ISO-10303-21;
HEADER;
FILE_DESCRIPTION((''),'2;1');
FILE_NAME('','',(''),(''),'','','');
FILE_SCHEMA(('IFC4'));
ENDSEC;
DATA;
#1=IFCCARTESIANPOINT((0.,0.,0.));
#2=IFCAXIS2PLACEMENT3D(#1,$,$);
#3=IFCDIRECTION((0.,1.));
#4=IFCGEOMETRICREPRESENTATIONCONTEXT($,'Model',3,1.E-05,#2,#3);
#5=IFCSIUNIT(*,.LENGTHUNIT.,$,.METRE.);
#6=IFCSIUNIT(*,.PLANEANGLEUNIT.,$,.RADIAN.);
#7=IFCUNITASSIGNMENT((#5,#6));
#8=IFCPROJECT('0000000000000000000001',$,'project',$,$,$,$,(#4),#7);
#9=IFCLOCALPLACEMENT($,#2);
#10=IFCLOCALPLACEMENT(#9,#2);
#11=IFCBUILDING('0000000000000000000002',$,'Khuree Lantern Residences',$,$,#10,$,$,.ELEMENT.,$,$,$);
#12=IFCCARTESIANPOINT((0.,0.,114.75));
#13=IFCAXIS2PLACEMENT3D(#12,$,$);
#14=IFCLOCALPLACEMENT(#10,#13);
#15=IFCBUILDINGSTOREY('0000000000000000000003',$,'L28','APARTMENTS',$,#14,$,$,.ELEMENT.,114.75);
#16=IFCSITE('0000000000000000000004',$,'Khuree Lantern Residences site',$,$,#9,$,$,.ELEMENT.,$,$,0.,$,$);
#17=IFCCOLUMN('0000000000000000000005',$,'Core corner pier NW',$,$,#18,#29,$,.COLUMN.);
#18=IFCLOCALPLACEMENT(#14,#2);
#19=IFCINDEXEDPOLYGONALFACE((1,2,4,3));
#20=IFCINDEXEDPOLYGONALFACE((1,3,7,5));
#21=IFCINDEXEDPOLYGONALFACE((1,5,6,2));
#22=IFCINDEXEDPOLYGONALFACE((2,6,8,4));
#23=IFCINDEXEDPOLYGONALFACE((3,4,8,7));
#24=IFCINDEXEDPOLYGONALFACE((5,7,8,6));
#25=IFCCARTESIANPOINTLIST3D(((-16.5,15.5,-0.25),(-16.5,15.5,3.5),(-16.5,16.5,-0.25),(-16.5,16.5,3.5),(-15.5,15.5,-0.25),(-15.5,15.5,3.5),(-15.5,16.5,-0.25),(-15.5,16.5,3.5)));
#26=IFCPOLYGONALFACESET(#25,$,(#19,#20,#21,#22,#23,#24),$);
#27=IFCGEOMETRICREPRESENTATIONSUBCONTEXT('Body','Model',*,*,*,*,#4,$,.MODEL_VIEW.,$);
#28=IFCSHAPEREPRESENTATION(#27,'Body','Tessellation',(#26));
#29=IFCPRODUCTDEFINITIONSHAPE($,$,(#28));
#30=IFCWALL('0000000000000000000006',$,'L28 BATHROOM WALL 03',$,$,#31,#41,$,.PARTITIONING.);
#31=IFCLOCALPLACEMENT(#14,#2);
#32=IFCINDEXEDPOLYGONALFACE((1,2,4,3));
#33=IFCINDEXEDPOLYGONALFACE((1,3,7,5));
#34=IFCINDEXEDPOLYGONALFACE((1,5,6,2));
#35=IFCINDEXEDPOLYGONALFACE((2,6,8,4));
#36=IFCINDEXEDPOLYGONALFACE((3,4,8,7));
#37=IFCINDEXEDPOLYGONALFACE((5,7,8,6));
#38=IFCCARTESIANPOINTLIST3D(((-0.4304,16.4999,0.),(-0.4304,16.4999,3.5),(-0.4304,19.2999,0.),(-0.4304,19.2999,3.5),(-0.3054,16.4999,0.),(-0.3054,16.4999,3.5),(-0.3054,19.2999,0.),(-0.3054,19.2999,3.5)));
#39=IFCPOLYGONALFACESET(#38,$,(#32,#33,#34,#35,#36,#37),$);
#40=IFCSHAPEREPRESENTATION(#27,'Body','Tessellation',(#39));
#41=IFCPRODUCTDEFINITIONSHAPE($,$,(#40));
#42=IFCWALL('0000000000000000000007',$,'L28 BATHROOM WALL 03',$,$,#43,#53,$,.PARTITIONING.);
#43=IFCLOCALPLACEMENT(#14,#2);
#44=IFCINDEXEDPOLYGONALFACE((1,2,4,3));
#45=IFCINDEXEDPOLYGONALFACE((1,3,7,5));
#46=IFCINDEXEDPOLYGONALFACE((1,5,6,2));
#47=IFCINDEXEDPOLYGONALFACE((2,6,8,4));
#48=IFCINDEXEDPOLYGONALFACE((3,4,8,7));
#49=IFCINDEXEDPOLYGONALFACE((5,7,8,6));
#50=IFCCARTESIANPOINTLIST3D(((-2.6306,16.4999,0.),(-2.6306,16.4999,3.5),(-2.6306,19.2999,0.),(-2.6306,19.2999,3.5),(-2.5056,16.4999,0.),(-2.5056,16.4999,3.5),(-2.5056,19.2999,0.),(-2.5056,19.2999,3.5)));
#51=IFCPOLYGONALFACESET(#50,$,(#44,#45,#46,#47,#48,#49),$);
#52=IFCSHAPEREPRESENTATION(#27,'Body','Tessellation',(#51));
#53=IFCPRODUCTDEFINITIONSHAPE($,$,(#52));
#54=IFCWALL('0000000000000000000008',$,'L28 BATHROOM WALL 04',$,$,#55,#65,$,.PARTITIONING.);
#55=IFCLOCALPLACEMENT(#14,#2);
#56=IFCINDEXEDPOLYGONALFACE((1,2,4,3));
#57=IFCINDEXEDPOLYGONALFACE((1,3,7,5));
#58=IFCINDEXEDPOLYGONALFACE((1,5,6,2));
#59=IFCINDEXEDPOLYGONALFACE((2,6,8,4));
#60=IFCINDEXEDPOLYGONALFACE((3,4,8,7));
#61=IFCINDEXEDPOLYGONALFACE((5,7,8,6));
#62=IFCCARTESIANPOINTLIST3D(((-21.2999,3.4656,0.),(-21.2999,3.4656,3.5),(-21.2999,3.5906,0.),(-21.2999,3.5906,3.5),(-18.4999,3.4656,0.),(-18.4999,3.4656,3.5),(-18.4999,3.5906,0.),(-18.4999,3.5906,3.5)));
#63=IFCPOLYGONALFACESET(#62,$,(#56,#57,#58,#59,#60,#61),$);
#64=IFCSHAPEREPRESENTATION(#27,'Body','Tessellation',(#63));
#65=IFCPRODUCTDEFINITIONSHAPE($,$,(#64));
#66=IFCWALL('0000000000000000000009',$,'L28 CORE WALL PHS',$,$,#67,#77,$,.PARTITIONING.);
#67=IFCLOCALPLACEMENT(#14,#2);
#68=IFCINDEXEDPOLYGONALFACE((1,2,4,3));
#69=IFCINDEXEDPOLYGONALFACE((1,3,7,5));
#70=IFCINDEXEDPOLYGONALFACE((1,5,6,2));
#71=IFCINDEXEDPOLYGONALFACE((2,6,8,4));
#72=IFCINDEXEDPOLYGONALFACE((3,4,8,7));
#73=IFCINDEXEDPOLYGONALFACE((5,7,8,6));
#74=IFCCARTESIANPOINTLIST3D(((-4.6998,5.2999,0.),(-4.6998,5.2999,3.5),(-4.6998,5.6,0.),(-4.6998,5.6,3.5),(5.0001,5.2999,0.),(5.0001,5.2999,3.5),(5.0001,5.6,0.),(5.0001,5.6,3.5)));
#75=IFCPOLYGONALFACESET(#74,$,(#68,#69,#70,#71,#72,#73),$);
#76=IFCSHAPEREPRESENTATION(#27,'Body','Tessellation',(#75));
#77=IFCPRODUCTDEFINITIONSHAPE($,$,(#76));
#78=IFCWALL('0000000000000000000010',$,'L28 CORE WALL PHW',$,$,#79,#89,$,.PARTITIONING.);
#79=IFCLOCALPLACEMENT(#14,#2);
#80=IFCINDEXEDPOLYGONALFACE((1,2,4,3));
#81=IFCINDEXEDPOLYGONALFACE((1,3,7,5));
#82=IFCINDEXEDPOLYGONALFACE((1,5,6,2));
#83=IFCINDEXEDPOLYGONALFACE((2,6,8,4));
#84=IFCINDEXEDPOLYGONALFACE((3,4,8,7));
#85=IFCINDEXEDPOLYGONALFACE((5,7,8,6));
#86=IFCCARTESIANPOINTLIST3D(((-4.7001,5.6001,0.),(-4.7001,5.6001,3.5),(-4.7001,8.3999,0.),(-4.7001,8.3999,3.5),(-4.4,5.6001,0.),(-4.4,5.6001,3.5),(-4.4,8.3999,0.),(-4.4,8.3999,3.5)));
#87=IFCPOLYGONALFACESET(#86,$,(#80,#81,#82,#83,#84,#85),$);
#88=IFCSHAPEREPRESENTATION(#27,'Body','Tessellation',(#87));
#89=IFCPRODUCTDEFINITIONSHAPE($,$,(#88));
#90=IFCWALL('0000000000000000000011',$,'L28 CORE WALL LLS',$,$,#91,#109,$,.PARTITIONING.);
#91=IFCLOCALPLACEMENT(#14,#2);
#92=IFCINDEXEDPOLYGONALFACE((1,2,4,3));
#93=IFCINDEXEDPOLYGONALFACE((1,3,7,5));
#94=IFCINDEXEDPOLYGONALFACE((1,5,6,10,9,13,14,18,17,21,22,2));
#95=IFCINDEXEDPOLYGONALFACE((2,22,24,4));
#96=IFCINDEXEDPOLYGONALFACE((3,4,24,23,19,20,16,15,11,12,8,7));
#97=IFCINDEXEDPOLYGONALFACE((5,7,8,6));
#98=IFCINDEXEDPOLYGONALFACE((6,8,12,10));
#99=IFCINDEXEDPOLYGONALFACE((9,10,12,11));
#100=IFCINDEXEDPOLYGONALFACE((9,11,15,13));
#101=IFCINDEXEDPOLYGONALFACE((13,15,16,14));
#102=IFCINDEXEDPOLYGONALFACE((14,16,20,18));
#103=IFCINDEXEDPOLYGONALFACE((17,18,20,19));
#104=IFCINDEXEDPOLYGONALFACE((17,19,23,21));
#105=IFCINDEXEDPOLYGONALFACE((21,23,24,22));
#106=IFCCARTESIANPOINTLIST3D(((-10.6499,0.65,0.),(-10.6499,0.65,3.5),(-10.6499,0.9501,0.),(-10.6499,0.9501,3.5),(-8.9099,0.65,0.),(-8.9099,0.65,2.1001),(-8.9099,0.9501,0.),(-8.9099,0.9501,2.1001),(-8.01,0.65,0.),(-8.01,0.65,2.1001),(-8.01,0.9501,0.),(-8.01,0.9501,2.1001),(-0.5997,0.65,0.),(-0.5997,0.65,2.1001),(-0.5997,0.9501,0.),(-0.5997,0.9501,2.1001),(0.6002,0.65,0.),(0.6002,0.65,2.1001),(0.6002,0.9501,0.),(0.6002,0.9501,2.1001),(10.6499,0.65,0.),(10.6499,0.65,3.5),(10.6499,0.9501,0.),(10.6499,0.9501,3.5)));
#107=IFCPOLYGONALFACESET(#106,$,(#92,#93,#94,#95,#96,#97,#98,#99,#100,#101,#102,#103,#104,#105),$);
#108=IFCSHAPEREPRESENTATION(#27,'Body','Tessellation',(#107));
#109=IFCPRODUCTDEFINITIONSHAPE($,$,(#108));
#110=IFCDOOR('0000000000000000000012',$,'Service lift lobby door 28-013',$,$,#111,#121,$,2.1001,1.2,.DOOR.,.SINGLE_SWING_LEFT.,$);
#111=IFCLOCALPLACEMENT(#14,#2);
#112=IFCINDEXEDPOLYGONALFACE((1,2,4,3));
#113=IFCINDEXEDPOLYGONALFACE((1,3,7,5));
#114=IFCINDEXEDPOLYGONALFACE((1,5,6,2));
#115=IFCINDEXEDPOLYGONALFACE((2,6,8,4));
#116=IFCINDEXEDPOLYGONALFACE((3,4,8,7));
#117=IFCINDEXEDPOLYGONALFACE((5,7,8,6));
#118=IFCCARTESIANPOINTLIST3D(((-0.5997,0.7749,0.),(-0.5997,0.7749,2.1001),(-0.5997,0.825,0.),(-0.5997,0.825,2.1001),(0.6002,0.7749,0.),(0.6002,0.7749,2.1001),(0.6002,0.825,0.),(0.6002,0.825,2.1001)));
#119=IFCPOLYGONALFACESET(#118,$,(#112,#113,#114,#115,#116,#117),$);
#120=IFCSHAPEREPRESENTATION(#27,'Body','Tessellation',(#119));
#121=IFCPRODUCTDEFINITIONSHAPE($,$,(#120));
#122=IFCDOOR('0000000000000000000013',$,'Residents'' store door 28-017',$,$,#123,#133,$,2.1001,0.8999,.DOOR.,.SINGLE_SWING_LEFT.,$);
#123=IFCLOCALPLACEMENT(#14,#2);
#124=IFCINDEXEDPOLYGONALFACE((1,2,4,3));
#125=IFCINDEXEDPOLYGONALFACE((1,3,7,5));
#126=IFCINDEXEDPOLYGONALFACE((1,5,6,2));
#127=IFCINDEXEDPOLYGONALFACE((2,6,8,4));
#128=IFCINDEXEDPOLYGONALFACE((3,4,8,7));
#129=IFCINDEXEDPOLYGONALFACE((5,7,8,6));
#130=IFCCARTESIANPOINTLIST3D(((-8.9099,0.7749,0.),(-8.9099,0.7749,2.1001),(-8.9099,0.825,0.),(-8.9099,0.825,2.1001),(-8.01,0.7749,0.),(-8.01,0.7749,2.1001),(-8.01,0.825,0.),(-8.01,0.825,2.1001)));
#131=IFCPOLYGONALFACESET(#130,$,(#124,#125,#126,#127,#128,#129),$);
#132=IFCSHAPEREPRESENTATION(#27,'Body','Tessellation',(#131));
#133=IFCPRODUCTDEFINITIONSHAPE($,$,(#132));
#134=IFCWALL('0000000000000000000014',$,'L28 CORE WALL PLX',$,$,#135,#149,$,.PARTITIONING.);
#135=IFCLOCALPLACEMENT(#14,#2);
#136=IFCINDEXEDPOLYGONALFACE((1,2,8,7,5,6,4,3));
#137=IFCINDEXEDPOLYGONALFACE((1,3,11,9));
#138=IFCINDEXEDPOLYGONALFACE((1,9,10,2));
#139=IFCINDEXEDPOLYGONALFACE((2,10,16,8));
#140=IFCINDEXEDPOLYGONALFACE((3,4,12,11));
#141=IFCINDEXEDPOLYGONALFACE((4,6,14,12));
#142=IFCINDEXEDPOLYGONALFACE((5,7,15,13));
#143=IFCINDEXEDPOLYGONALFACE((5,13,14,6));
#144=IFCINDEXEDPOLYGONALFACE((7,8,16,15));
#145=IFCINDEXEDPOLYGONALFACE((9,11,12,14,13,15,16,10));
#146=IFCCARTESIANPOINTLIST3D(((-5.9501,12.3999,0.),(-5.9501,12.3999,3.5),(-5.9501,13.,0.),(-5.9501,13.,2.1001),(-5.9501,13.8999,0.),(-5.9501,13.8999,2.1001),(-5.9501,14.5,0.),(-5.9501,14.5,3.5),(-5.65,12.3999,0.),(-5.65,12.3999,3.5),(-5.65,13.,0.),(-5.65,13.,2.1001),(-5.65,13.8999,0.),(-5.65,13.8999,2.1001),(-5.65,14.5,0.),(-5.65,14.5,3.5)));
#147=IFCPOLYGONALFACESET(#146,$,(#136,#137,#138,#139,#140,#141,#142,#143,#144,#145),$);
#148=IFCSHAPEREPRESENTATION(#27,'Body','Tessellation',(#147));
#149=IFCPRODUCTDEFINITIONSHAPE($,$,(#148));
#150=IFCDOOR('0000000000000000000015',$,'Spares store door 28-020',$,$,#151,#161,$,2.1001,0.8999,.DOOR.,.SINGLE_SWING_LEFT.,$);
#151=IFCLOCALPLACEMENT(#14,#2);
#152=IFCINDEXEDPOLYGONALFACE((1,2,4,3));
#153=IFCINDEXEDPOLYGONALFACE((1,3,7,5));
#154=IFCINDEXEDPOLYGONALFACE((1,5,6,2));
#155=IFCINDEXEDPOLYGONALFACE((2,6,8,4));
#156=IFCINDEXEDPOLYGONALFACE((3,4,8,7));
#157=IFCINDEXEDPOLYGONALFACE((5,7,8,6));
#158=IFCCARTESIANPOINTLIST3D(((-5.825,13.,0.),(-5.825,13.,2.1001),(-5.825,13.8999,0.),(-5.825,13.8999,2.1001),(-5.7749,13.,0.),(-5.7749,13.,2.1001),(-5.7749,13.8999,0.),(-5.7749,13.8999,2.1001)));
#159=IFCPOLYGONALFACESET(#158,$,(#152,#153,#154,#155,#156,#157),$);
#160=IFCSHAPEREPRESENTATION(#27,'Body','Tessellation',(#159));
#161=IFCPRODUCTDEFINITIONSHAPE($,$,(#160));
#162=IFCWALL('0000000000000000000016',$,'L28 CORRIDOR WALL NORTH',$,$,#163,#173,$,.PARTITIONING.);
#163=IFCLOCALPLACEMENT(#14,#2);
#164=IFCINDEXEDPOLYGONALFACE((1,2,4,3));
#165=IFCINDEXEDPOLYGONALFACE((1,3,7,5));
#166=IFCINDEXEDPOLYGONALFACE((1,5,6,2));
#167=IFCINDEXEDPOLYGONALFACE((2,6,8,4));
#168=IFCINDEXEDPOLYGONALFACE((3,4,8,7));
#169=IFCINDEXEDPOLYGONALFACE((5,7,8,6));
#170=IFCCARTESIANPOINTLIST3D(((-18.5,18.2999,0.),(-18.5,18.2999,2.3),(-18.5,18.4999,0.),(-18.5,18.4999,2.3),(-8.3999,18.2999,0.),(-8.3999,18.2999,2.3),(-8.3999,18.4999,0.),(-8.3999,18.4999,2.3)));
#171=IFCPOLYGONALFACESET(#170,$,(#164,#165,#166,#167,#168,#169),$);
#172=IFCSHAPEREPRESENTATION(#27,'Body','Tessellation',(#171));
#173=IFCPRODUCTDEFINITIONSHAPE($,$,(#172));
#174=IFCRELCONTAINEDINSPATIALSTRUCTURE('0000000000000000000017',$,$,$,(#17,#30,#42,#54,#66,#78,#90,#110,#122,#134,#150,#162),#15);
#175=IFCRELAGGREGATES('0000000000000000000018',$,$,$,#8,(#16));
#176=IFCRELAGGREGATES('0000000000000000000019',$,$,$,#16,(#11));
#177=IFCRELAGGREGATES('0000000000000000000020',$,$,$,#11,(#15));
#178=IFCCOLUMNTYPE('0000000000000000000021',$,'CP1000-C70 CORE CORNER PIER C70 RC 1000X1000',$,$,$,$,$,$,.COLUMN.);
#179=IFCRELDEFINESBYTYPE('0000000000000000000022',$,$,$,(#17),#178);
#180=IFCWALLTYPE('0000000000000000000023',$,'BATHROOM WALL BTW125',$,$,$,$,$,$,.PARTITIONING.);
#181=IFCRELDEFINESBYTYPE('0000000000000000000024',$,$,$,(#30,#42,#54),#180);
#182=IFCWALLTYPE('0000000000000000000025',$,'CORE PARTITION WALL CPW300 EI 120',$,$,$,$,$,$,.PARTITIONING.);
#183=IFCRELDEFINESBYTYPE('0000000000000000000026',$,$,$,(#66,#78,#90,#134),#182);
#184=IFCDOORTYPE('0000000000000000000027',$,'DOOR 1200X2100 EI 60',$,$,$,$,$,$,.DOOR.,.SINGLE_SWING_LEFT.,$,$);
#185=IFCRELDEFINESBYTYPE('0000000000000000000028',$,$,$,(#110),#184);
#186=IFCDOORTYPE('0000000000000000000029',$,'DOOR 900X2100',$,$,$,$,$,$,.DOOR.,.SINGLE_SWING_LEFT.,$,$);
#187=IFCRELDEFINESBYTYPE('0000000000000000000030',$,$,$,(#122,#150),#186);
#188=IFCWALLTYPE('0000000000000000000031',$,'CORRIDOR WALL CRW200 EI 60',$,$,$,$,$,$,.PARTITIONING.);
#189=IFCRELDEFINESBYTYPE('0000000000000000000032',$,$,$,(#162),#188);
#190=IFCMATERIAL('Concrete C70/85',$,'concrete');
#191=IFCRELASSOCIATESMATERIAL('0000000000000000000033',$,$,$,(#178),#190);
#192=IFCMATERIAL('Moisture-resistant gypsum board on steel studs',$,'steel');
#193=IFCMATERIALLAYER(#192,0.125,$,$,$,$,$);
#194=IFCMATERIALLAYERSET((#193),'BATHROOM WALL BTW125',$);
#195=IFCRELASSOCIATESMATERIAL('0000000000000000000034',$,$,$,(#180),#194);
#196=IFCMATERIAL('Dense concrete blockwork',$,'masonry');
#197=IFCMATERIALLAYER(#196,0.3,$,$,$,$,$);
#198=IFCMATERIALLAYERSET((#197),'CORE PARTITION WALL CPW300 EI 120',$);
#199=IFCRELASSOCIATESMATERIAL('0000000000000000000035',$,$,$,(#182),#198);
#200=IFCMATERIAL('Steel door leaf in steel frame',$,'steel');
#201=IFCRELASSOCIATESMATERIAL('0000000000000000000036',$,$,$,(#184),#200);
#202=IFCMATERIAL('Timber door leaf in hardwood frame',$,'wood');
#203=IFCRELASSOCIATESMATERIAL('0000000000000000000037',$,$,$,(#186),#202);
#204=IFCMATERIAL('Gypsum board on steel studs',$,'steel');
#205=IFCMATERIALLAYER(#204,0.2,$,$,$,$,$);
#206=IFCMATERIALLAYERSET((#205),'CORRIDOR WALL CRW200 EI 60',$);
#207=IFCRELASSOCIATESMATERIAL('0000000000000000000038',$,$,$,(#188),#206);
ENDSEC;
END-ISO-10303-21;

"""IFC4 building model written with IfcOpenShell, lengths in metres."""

from ifc_helpers import new_model, si_unit, direction, frame, frame_2d, origin, origin_2d, place, context, subcontext, project, spatial, rectangle, extrude, material, layer, layer_set, material_profile, profile_set, type_object, element, fill, save


model = new_model("IFC4")

# Units and contexts
model_context = context("Model", 3, precision=1e-05, world=origin(), true_north=direction((0.0, 1.0)))
body_context = subcontext(model_context, "Body", "Model", "MODEL_VIEW")
ifc_project = project(units=[si_unit("LENGTHUNIT", "METRE"), si_unit("PLANEANGLEUNIT", "RADIAN")], contexts=[model_context])

# Site, building, storey
site_placement = place(None, origin())
site = spatial("IfcSite", under=ifc_project, at=site_placement, Name="Khuree Lantern Residences site", CompositionType="ELEMENT", RefElevation=0.0)
building_placement = place(site_placement, origin())
building = spatial("IfcBuilding", under=site, at=building_placement, Name="Khuree Lantern Residences", CompositionType="ELEMENT")
storey_placement = place(building_placement, frame((0.0, 0.0, 114.75)))
storey = spatial("IfcBuildingStorey", under=building, at=storey_placement, Name="L28", Description="APARTMENTS", CompositionType="ELEMENT", Elevation=114.75)

# Column
ifc_material_1 = material(Name="Concrete C70/85", Category="concrete")
ifc_material_profile = material_profile(ifc_material_1, rectangle(XDim=1.0, YDim=1.0, at=origin_2d()), Name="RC 1000X1000")
ifc_profile_set = profile_set([ifc_material_profile], Name="Concrete C70/85")
column_type = type_object("IfcColumnType", Name="CP1000-C70 CORE CORNER PIER C70 RC 1000X1000", PredefinedType="COLUMN", material=ifc_profile_set)
column_placement = place(storey_placement, frame((-16.0, 16.0, -0.25), z_axis=(0.0, 0.0, 1.0), x_axis=(1.0, 0.0, 0.0)))
element("IfcColumn", 1, at=column_placement, inside=storey, type_object=column_type, Name="Core corner pier NW", PredefinedType="COLUMN", context=body_context, shape_type="SweptSolid", body=[
    extrude(rectangle(XDim=1.0, YDim=1.0, at=origin_2d()), origin(), (0.0, 0.0, 1.0), 3.75),
])

# Walls
ifc_material_2 = material(Name="Moisture-resistant gypsum board on steel studs", Category="steel")
ifc_layer_1 = layer(ifc_material_2, 0.125)
ifc_layer_set_1 = layer_set([ifc_layer_1], Name="BATHROOM WALL BTW125")
wall_type_1 = type_object("IfcWallType", Name="BATHROOM WALL BTW125", PredefinedType="PARTITIONING", material=ifc_layer_set_1)
for number, where, z_axis, x_axis, name in (
    (2, (-0.3679, 16.5, 0.0), (0.0, 0.0, 1.0), (0.0, 1.0, 0.0), "L28 BATHROOM WALL 03"),
    (3, (-2.5681, 16.5, 0.0), (0.0, 0.0, 1.0), (0.0, 1.0, 0.0), "L28 BATHROOM WALL 03"),
    (4, (-18.5, 3.5281, 0.0), (0.0, 0.0, 1.0), (-1.0, 0.0, 0.0), "L28 BATHROOM WALL 04"),
):
    element("IfcWall", number, at=place(storey_placement, frame(where, z_axis=z_axis, x_axis=x_axis)), inside=storey, type_object=wall_type_1, Name=name, PredefinedType="PARTITIONING", context=body_context, shape_type="SweptSolid", body=[
        extrude(rectangle(XDim=2.8, YDim=0.125, at=frame_2d((1.3999, 0.0))), origin(), (0.0, 0.0, 1.0), 3.5),
    ])
ifc_material_3 = material(Name="Dense concrete blockwork", Category="masonry")
ifc_layer_2 = layer(ifc_material_3, 0.3)
ifc_layer_set_2 = layer_set([ifc_layer_2], Name="CORE PARTITION WALL CPW300 EI 120")
wall_type_2 = type_object("IfcWallType", Name="CORE PARTITION WALL CPW300 EI 120", PredefinedType="PARTITIONING", material=ifc_layer_set_2)
wall_1_placement = place(storey_placement, frame((-4.7, 5.45, 0.0), z_axis=(0.0, 0.0, 1.0), x_axis=(1.0, 0.0, 0.0)))
element("IfcWall", 5, at=wall_1_placement, inside=storey, type_object=wall_type_2, Name="L28 CORE WALL PHS", PredefinedType="PARTITIONING", context=body_context, shape_type="SweptSolid", body=[
    extrude(rectangle(XDim=9.7, YDim=0.3, at=frame_2d((4.8501, 0.0))), origin(), (0.0, 0.0, 1.0), 3.5),
])
wall_2_placement = place(storey_placement, frame((-4.55, 5.6001, 0.0), z_axis=(0.0, 0.0, 1.0), x_axis=(0.0, 1.0, 0.0)))
element("IfcWall", 6, at=wall_2_placement, inside=storey, type_object=wall_type_2, Name="L28 CORE WALL PHW", PredefinedType="PARTITIONING", context=body_context, shape_type="SweptSolid", body=[
    extrude(rectangle(XDim=2.7998, YDim=0.3, at=frame_2d((1.3999, 0.0))), origin(), (0.0, 0.0, 1.0), 3.5),
])

# Wall, openings, doors
wall_3_placement = place(storey_placement, frame((-10.6499, 0.8, 0.0), z_axis=(0.0, 0.0, 1.0), x_axis=(1.0, 0.0, 0.0)))
wall_3 = element("IfcWall", 7, at=wall_3_placement, inside=storey, type_object=wall_type_2, Name="L28 CORE WALL LLS", PredefinedType="PARTITIONING", context=body_context, shape_type="SweptSolid", body=[
    extrude(rectangle(XDim=21.2998, YDim=0.3, at=frame_2d((10.6499, 0.0))), origin(), (0.0, 0.0, 1.0), 3.5),
])
opening_1_placement = place(wall_3_placement, frame((10.05, 0.0, 0.0)))
opening_1 = element("IfcOpeningElement", 8, at=opening_1_placement, cuts=wall_3, PredefinedType="OPENING", context=body_context, shape_type="SweptSolid", body=[
    extrude(rectangle(XDim=1.2, YDim=2.1001, at=frame_2d((0.6001, 1.05))), frame((0.0, 0.1602, 0.0), z_axis=(0.0, -1.0, 0.0), x_axis=(1.0, 0.0, 0.0)), (0.0, 0.0, 1.0), 0.3201),
])
opening_2_placement = place(wall_3_placement, frame((1.74, 0.0, 0.0)))
opening_2 = element("IfcOpeningElement", 9, at=opening_2_placement, cuts=wall_3, PredefinedType="OPENING", context=body_context, shape_type="SweptSolid", body=[
    extrude(rectangle(XDim=0.8999, YDim=2.1001, at=frame_2d((0.45, 1.05))), frame((0.0, 0.1602, 0.0), z_axis=(0.0, -1.0, 0.0), x_axis=(1.0, 0.0, 0.0)), (0.0, 0.0, 1.0), 0.3201),
])
ifc_material_4 = material(Name="Steel door leaf in steel frame", Category="steel")
door_type_1 = type_object("IfcDoorType", Name="DOOR 1200X2100 EI 60", OperationType="SINGLE_SWING_LEFT", PredefinedType="DOOR", material=ifc_material_4)
door_1_placement = place(opening_1_placement, origin())
door_1 = element("IfcDoor", 10, at=door_1_placement, inside=storey, type_object=door_type_1, Name="Service lift lobby door 28-013", OperationType="SINGLE_SWING_LEFT", OverallHeight=2.1001, OverallWidth=1.2, PredefinedType="DOOR", context=body_context, shape_type="SweptSolid", body=[
    extrude(rectangle(XDim=1.2, YDim=2.1001, at=frame_2d((0.6001, 1.05))), frame((0.0, 0.0249, 0.0), z_axis=(0.0, -1.0, 0.0), x_axis=(1.0, 0.0, 0.0)), (0.0, 0.0, 1.0), 0.05),
])
fill(opening_1, door_1)
ifc_material_5 = material(Name="Timber door leaf in hardwood frame", Category="wood")
door_type_2 = type_object("IfcDoorType", Name="DOOR 900X2100", OperationType="SINGLE_SWING_LEFT", PredefinedType="DOOR", material=ifc_material_5)
door_2_placement = place(opening_2_placement, origin())
door_2 = element("IfcDoor", 11, at=door_2_placement, inside=storey, type_object=door_type_2, Name="Residents' store door 28-017", OperationType="SINGLE_SWING_LEFT", OverallHeight=2.1001, OverallWidth=0.8999, PredefinedType="DOOR", context=body_context, shape_type="SweptSolid", body=[
    extrude(rectangle(XDim=0.8999, YDim=2.1001, at=frame_2d((0.45, 1.05))), frame((0.0, 0.0249, 0.0), z_axis=(0.0, -1.0, 0.0), x_axis=(1.0, 0.0, 0.0)), (0.0, 0.0, 1.0), 0.05),
])
fill(opening_2, door_2)

# Wall, opening, door
wall_4_placement = place(storey_placement, frame((-5.8, 12.3999, 0.0), z_axis=(0.0, 0.0, 1.0), x_axis=(0.0, 1.0, 0.0)))
wall_4 = element("IfcWall", 12, at=wall_4_placement, inside=storey, type_object=wall_type_2, Name="L28 CORE WALL PLX", PredefinedType="PARTITIONING", context=body_context, shape_type="SweptSolid", body=[
    extrude(rectangle(XDim=2.1001, YDim=0.3, at=frame_2d((1.05, 0.0))), origin(), (0.0, 0.0, 1.0), 3.5),
])
opening_3_placement = place(wall_4_placement, frame((0.6001, 0.0, 0.0)))
opening_3 = element("IfcOpeningElement", 13, at=opening_3_placement, cuts=wall_4, PredefinedType="OPENING", context=body_context, shape_type="SweptSolid", body=[
    extrude(rectangle(XDim=0.8999, YDim=2.1001, at=frame_2d((0.45, 1.05))), frame((0.0, 0.1602, 0.0), z_axis=(0.0, -1.0, 0.0), x_axis=(1.0, 0.0, 0.0)), (0.0, 0.0, 1.0), 0.3201),
])
door_3_placement = place(opening_3_placement, origin())
door_3 = element("IfcDoor", 14, at=door_3_placement, inside=storey, type_object=door_type_2, Name="Spares store door 28-020", OperationType="SINGLE_SWING_LEFT", OverallHeight=2.1001, OverallWidth=0.8999, PredefinedType="DOOR", context=body_context, shape_type="SweptSolid", body=[
    extrude(rectangle(XDim=0.8999, YDim=2.1001, at=frame_2d((0.45, 1.05))), frame((0.0, 0.0249, 0.0), z_axis=(0.0, -1.0, 0.0), x_axis=(1.0, 0.0, 0.0)), (0.0, 0.0, 1.0), 0.05),
])
fill(opening_3, door_3)

# Wall
ifc_material_6 = material(Name="Gypsum board on steel studs", Category="steel")
ifc_layer_3 = layer(ifc_material_6, 0.2)
ifc_layer_set_3 = layer_set([ifc_layer_3], Name="CORRIDOR WALL CRW200 EI 60")
wall_type_3 = type_object("IfcWallType", Name="CORRIDOR WALL CRW200 EI 60", PredefinedType="PARTITIONING", material=ifc_layer_set_3)
wall_5_placement = place(storey_placement, frame((-18.5, 18.3999, 0.0), z_axis=(0.0, 0.0, 1.0), x_axis=(1.0, 0.0, 0.0)))
element("IfcWall", 15, at=wall_5_placement, inside=storey, type_object=wall_type_3, Name="L28 CORRIDOR WALL NORTH", PredefinedType="PARTITIONING", context=body_context, shape_type="SweptSolid", body=[
    extrude(rectangle(XDim=10.1001, YDim=0.2, at=frame_2d((5.05, 0.0))), origin(), (0.0, 0.0, 1.0), 2.3),
])

save(model, "model.ifc")
